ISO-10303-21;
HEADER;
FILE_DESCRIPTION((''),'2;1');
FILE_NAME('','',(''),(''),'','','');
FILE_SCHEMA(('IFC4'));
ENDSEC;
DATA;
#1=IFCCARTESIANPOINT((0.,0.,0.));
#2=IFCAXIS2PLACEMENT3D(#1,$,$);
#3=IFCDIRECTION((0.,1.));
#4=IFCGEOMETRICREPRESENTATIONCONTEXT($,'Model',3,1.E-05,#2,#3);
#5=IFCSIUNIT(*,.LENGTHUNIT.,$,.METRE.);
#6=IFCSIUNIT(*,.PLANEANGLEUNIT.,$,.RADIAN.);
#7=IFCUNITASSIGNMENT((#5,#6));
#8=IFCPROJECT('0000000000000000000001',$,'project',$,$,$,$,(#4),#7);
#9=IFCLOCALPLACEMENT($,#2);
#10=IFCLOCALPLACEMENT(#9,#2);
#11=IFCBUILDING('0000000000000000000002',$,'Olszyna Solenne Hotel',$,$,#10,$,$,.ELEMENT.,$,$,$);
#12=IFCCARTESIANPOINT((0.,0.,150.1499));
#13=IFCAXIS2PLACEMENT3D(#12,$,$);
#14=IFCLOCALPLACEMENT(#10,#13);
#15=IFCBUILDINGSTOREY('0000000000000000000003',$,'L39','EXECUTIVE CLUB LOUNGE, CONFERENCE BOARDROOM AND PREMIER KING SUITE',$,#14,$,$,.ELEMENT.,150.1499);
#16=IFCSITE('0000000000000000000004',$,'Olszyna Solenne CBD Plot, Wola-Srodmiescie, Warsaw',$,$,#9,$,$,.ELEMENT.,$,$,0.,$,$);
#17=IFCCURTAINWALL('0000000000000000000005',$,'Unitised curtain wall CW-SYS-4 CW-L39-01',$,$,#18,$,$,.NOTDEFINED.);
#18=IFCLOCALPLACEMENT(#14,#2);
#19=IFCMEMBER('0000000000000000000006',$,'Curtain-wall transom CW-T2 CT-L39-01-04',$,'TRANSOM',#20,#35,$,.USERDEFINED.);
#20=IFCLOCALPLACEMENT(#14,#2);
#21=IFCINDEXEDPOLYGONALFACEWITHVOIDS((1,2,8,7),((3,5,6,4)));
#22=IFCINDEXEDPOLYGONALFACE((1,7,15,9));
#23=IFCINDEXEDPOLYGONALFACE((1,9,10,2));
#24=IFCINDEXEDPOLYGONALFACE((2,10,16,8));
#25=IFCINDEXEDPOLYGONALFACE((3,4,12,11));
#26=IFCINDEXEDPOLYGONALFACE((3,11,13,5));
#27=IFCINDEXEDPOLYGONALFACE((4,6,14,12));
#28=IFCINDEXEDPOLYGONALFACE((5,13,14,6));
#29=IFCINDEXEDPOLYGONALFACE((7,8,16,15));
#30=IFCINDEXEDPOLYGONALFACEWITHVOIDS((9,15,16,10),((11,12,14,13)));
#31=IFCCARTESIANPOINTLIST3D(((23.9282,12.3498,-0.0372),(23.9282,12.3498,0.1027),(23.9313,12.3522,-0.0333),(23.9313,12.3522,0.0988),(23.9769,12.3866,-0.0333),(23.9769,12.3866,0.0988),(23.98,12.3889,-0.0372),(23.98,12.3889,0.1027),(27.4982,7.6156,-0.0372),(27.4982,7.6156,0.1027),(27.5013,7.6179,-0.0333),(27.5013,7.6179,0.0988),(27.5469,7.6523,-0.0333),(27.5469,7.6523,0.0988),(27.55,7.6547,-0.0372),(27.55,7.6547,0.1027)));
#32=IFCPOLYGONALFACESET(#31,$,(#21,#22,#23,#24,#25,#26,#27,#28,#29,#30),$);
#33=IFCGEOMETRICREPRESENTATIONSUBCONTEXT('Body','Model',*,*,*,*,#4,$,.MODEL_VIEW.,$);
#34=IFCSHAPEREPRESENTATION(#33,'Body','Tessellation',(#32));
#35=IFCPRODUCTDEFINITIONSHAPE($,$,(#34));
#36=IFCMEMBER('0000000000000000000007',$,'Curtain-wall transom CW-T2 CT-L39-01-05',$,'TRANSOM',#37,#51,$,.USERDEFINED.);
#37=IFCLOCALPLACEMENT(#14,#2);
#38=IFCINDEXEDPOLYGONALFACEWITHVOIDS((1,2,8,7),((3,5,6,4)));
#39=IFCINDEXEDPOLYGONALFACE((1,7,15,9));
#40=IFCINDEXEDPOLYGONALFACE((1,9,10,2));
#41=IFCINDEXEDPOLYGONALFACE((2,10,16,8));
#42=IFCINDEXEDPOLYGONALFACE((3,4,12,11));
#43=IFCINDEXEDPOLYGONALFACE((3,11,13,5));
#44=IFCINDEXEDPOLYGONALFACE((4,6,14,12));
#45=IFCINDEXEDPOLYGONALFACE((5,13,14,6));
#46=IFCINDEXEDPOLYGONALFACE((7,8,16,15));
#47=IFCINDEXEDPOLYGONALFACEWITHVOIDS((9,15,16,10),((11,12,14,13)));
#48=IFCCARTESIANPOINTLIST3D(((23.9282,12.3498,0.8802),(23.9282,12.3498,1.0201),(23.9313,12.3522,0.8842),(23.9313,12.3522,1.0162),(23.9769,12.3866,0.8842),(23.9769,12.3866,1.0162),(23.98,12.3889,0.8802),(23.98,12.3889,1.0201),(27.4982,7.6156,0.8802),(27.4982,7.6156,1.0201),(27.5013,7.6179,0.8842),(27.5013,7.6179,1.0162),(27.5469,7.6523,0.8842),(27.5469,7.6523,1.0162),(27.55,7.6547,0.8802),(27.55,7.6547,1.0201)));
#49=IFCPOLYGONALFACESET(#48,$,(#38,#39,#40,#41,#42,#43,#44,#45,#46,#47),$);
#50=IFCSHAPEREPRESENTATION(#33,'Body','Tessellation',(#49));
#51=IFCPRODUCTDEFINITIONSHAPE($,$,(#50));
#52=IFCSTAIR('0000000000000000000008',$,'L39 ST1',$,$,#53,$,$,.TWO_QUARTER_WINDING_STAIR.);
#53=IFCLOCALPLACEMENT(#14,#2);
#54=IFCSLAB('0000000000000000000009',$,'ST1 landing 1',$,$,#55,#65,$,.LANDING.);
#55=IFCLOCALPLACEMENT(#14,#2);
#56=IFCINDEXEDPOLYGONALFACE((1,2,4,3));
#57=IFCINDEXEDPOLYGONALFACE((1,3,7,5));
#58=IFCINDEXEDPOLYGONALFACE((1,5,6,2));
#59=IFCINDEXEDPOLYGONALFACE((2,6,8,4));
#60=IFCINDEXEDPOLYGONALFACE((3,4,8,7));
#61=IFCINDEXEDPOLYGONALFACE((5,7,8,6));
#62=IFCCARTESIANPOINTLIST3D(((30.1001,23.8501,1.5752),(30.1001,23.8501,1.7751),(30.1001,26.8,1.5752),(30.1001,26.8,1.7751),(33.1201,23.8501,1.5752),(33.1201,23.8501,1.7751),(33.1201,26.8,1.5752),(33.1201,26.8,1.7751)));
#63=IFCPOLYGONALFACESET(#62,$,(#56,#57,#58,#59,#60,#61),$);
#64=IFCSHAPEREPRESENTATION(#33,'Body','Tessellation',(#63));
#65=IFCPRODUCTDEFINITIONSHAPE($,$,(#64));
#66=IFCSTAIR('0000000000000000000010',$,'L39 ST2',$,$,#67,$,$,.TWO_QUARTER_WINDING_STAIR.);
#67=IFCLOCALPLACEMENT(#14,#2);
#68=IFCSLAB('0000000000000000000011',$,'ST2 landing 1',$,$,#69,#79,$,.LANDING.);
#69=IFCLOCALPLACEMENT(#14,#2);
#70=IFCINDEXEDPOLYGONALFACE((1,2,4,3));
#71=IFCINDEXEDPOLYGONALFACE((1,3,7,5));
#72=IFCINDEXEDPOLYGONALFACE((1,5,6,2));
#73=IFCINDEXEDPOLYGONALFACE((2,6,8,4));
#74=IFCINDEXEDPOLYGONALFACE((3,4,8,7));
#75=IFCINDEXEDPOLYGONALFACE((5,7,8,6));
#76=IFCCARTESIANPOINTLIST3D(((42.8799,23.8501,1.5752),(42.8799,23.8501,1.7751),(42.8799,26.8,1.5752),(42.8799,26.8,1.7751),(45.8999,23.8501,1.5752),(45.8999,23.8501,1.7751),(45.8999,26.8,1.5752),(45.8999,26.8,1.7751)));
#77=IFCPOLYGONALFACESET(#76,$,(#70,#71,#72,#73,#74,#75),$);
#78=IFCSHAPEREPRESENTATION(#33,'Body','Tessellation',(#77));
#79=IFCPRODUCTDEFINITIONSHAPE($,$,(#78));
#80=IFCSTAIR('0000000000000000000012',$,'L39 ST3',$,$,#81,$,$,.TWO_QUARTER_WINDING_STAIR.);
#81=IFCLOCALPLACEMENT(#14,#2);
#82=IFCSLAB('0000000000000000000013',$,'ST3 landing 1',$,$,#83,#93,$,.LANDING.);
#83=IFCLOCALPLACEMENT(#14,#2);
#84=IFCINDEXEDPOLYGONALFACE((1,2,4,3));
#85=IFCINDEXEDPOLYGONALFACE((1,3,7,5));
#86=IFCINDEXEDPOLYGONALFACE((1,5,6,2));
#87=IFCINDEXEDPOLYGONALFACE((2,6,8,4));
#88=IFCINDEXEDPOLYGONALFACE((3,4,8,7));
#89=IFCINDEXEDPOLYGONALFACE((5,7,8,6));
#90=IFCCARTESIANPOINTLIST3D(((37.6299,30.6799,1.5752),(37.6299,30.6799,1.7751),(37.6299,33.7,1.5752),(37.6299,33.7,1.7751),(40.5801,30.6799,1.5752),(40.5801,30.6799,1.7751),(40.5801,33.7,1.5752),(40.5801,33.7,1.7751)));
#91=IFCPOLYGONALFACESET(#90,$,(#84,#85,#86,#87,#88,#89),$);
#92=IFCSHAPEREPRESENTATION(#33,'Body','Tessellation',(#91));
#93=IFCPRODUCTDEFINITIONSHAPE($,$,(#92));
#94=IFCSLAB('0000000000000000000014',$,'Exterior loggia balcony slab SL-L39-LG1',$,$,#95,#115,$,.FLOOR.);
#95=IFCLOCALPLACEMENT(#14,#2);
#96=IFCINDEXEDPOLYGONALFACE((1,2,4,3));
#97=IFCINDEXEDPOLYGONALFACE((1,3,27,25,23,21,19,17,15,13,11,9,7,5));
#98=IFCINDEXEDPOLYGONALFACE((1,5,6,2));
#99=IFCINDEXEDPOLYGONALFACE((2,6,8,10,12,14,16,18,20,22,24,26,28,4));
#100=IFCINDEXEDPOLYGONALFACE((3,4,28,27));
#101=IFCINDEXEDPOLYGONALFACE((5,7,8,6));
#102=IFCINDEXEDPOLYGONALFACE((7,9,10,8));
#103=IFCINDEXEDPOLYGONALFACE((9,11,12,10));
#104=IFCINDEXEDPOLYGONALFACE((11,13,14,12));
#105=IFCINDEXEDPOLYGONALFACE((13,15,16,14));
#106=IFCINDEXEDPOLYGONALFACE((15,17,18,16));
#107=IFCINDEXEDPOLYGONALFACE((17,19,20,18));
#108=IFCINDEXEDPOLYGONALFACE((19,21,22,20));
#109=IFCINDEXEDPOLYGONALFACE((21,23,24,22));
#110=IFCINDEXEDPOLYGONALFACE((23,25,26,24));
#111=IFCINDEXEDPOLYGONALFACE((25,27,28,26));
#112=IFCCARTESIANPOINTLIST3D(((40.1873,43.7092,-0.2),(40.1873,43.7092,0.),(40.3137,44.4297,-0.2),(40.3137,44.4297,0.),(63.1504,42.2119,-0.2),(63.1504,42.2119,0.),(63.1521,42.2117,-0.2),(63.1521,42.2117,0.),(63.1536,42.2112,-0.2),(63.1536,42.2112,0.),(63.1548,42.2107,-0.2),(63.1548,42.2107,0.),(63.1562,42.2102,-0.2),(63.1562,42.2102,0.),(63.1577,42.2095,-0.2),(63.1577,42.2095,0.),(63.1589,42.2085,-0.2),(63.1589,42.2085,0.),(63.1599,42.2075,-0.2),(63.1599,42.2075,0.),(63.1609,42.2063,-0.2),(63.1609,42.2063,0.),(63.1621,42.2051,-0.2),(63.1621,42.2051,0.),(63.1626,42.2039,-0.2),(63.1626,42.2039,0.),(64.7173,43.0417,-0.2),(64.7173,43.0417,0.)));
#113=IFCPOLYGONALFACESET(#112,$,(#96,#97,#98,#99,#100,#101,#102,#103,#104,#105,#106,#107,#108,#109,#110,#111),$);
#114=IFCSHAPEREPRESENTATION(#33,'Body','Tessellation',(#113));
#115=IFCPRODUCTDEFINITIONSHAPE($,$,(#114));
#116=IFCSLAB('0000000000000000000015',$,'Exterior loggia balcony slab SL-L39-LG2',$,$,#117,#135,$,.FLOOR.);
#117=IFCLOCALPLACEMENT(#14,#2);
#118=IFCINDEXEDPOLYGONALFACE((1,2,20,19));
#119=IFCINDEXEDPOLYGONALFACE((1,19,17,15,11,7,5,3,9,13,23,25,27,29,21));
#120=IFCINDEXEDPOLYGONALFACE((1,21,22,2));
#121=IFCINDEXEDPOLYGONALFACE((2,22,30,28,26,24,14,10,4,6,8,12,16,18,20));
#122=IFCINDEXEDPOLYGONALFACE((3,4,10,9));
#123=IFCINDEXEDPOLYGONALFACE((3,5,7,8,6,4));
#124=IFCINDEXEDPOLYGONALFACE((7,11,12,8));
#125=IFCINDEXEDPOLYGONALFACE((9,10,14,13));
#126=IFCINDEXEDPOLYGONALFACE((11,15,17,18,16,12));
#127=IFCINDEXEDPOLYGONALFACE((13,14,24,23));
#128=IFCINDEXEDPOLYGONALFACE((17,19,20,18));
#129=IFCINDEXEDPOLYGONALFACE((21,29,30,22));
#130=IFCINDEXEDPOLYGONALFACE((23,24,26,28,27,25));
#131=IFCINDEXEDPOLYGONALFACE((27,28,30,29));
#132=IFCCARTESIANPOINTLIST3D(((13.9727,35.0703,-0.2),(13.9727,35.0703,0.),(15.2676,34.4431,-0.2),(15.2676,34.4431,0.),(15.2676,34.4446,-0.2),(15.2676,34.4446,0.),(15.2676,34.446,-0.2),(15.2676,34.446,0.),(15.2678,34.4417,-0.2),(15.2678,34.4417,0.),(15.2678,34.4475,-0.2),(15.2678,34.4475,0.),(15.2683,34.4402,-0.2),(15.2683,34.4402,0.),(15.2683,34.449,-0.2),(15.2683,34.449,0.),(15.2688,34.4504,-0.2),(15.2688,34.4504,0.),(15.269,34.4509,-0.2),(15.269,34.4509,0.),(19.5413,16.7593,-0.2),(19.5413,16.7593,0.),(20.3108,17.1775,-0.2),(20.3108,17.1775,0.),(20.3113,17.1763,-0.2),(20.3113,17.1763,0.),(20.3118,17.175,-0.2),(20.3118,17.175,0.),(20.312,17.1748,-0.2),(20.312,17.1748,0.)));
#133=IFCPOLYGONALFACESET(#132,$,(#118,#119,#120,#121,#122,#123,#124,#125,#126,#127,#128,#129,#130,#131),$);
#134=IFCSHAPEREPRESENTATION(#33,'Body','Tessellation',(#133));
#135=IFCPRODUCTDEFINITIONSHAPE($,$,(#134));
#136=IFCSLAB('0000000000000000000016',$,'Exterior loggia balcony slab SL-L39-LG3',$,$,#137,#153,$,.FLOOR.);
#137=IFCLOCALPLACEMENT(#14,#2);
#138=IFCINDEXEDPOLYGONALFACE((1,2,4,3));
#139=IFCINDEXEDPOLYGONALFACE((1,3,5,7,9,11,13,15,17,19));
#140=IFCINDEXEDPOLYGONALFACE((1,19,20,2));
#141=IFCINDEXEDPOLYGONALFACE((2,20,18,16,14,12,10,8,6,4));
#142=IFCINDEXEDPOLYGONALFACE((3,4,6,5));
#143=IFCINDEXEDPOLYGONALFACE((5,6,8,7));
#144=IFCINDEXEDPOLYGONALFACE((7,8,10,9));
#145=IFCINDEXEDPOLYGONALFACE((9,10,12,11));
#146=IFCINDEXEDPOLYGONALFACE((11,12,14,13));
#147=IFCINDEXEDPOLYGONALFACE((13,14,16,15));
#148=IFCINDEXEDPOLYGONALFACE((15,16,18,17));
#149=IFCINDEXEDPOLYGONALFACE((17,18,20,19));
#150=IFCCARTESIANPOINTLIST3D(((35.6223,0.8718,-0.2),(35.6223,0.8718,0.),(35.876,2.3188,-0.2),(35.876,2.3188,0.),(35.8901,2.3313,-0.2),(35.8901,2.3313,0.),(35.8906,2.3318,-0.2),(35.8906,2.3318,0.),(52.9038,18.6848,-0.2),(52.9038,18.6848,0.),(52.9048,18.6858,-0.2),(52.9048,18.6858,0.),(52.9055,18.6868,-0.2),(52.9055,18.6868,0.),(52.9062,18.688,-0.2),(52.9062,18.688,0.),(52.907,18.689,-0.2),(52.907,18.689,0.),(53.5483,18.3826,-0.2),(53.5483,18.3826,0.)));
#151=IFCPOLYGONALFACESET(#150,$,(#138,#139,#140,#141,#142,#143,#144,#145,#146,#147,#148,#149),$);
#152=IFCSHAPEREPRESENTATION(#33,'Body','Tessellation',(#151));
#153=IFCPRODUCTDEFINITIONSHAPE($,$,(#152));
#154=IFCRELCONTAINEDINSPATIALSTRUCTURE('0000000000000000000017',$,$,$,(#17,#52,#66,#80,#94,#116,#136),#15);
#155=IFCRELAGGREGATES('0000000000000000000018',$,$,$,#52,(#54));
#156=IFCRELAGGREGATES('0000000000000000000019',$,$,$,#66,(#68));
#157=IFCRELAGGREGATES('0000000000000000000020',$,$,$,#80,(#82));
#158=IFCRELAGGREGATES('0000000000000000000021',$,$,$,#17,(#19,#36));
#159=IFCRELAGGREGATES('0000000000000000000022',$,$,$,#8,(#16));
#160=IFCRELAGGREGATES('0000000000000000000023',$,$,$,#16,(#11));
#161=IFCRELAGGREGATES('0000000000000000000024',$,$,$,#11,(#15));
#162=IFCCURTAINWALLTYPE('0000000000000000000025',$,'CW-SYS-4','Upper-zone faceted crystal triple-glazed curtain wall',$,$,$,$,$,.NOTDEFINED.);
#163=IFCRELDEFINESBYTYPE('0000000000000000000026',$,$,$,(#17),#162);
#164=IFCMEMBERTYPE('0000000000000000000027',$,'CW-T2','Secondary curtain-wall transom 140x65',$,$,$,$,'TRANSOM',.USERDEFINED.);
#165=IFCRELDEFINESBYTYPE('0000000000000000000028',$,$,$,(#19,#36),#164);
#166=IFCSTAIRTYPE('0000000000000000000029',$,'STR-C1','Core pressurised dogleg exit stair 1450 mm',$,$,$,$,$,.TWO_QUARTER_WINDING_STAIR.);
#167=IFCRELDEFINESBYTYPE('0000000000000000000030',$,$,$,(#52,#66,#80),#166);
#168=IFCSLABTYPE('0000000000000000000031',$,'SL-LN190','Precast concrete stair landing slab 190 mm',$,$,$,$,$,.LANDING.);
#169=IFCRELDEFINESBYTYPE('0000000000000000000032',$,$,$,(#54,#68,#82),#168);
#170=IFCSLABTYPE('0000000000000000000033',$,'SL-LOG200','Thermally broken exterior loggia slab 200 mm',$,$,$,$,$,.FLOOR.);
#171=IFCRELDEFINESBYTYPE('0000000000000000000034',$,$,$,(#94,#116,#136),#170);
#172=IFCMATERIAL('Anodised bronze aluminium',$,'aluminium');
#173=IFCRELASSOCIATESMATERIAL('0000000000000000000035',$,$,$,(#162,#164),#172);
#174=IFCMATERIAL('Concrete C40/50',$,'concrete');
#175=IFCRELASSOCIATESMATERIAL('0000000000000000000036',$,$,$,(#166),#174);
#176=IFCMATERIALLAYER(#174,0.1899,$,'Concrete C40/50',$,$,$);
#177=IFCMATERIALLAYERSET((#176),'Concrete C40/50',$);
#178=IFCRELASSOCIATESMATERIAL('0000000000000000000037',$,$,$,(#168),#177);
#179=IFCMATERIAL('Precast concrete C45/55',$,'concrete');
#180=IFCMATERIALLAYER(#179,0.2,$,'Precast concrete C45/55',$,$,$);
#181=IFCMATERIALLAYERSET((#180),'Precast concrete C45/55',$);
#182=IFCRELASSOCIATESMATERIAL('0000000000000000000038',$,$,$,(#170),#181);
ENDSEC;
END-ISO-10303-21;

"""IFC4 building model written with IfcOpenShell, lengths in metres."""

from ifc_helpers import new_model, si_unit, direction, frame, origin, origin_2d, place, context, subcontext, project, spatial, polyline, hollow_rectangle, outline, extrude, source, transform, mapped, material, layer, layer_set, material_profile, profile_set, type_object, element, aggregate, save


model = new_model("IFC4")

# Units and contexts
model_context = context("Model", 3, precision=1e-05, world=origin(), true_north=direction((0.0, 1.0)))
body_context = subcontext(model_context, "Body", "Model", "MODEL_VIEW")
ifc_project = project(units=[si_unit("LENGTHUNIT", "METRE"), si_unit("PLANEANGLEUNIT", "RADIAN")], contexts=[model_context])

# Site, building, storey
site_placement = place(None, origin())
site = spatial("IfcSite", under=ifc_project, at=site_placement, Name="Olszyna Solenne CBD Plot, Wola-Srodmiescie, Warsaw", CompositionType="ELEMENT", RefElevation=0.0)
building_placement = place(site_placement, origin())
building = spatial("IfcBuilding", under=site, at=building_placement, Name="Olszyna Solenne Hotel", CompositionType="ELEMENT")
storey_placement = place(building_placement, frame((0.0, 0.0, 150.1499)))
storey = spatial("IfcBuildingStorey", under=building, at=storey_placement, Name="L39", Description="EXECUTIVE CLUB LOUNGE, CONFERENCE BOARDROOM AND PREMIER KING SUITE", CompositionType="ELEMENT", Elevation=150.1499)

# Curtain wall, members
ifc_material_1 = material(Name="Anodised bronze aluminium", Category="aluminium")
curtain_wall_type = type_object("IfcCurtainWallType", Name="CW-SYS-4", Description="Upper-zone faceted crystal triple-glazed curtain wall", PredefinedType="NOTDEFINED", material=ifc_material_1)
curtain_wall_placement = place(storey_placement, origin())
curtain_wall = element("IfcCurtainWall", 1, at=curtain_wall_placement, inside=storey, type_object=curtain_wall_type, Name="Unitised curtain wall CW-SYS-4 CW-L39-01", PredefinedType="NOTDEFINED")
ifc_material_profile_1 = material_profile(ifc_material_1, hollow_rectangle(XDim=0.0649, YDim=0.1399, WallThickness=0.0039, at=origin_2d()), Name="TRAN 140x65x4", Category="load-bearing")
ifc_profile_set_1 = profile_set([ifc_material_profile_1], Name="Anodised bronze aluminium")
member_type_1 = type_object("IfcMemberType", Name="CW-T2", Description="Secondary curtain-wall transom 140x65", ElementType="TRANSOM", PredefinedType="USERDEFINED", material=ifc_profile_set_1)
shared_shape_1 = source(origin(), body_context, "Body", "SweptSolid", [
    extrude(hollow_rectangle(XDim=0.0649, YDim=0.1399, WallThickness=0.0039, at=origin_2d()), origin(), (0.0, 0.0, 1.0), 5.9294),
])
member_1_placement = place(storey_placement, frame((23.9541, 12.3694, 0.0327), z_axis=(0.60208, -0.798436, 0.0), x_axis=(0.798436, 0.60208, 0.0)))
member_1 = element("IfcMember", 2, at=member_1_placement, type_object=member_type_1, Name="Curtain-wall transom CW-T2 CT-L39-01-04", ObjectType="TRANSOM", PredefinedType="USERDEFINED", context=body_context, shape_type="MappedRepresentation", body=[
    mapped(shared_shape_1, transform((0.0, 0.0, 0.0), x_axis=(1.0, 0.0, 0.0), y_axis=(0.0, 1.0, 0.0), z_axis=(0.0, 0.0, 1.0), scale=1.0)),
])
member_2_placement = place(storey_placement, frame((23.9541, 12.3694, 0.9502), z_axis=(0.60208, -0.798436, 0.0), x_axis=(0.798436, 0.60208, 0.0)))
member_2 = element("IfcMember", 3, at=member_2_placement, type_object=member_type_1, Name="Curtain-wall transom CW-T2 CT-L39-01-05", ObjectType="TRANSOM", PredefinedType="USERDEFINED", context=body_context, shape_type="MappedRepresentation", body=[
    mapped(shared_shape_1, transform((0.0, 0.0, 0.0), x_axis=(1.0, 0.0, 0.0), y_axis=(0.0, 1.0, 0.0), z_axis=(0.0, 0.0, 1.0), scale=1.0)),
])

# Stairs, slabs
ifc_material_2 = material(Name="Concrete C40/50", Category="concrete")
stair_type = type_object("IfcStairType", Name="STR-C1", Description="Core pressurised dogleg exit stair 1450 mm", PredefinedType="TWO_QUARTER_WINDING_STAIR", material=ifc_material_2)
stair_1_placement = place(storey_placement, origin())
stair_1 = element("IfcStair", 4, at=stair_1_placement, inside=storey, type_object=stair_type, Name="L39 ST1", PredefinedType="TWO_QUARTER_WINDING_STAIR")
ifc_layer_1 = layer(ifc_material_2, 0.1899, Name="Concrete C40/50")
ifc_layer_set_1 = layer_set([ifc_layer_1], Name="Concrete C40/50")
slab_type_1 = type_object("IfcSlabType", Name="SL-LN190", Description="Precast concrete stair landing slab 190 mm", PredefinedType="LANDING", material=ifc_layer_set_1)
slab_1_placement = place(storey_placement, frame((0.0, 0.0, 1.5752)))
slab_1 = element("IfcSlab", 5, at=slab_1_placement, type_object=slab_type_1, Name="ST1 landing 1", PredefinedType="LANDING", context=body_context, shape_type="SweptSolid", body=[
    extrude(outline(polyline([(33.1201, 23.8501), (33.1201, 26.8), (30.1001, 26.8), (30.1001, 23.8501), (33.1201, 23.8501)])), origin(), (0.0, 0.0, 1.0), 0.2),
])
aggregate(stair_1, [slab_1])
stair_2_placement = place(storey_placement, origin())
stair_2 = element("IfcStair", 6, at=stair_2_placement, inside=storey, type_object=stair_type, Name="L39 ST2", PredefinedType="TWO_QUARTER_WINDING_STAIR")
slab_2_placement = place(storey_placement, frame((0.0, 0.0, 1.5752)))
slab_2 = element("IfcSlab", 7, at=slab_2_placement, type_object=slab_type_1, Name="ST2 landing 1", PredefinedType="LANDING", context=body_context, shape_type="SweptSolid", body=[
    extrude(outline(polyline([(45.8999, 23.8501), (45.8999, 26.8), (42.8799, 26.8), (42.8799, 23.8501), (45.8999, 23.8501)])), origin(), (0.0, 0.0, 1.0), 0.2),
])
aggregate(stair_2, [slab_2])
stair_3_placement = place(storey_placement, origin())
stair_3 = element("IfcStair", 8, at=stair_3_placement, inside=storey, type_object=stair_type, Name="L39 ST3", PredefinedType="TWO_QUARTER_WINDING_STAIR")
slab_3_placement = place(storey_placement, frame((0.0, 0.0, 1.5752)))
slab_3 = element("IfcSlab", 9, at=slab_3_placement, type_object=slab_type_1, Name="ST3 landing 1", PredefinedType="LANDING", context=body_context, shape_type="SweptSolid", body=[
    extrude(outline(polyline([(37.6299, 30.6799), (40.5801, 30.6799), (40.5801, 33.7), (37.6299, 33.7), (37.6299, 30.6799)])), origin(), (0.0, 0.0, 1.0), 0.2),
])
aggregate(stair_3, [slab_3])

# Slabs
ifc_material_3 = material(Name="Precast concrete C45/55", Category="concrete")
ifc_layer_2 = layer(ifc_material_3, 0.2, Name="Precast concrete C45/55")
ifc_layer_set_2 = layer_set([ifc_layer_2], Name="Precast concrete C45/55")
slab_type_2 = type_object("IfcSlabType", Name="SL-LOG200", Description="Thermally broken exterior loggia slab 200 mm", PredefinedType="FLOOR", material=ifc_layer_set_2)
slab_4_placement = place(storey_placement, frame((0.0, 0.0, -0.2)))
element("IfcSlab", 10, at=slab_4_placement, inside=storey, type_object=slab_type_2, Name="Exterior loggia balcony slab SL-L39-LG1", PredefinedType="FLOOR", context=body_context, shape_type="SweptSolid", body=[
    extrude(outline(polyline([(40.1873, 43.7092), (63.1504, 42.2119), (63.1521, 42.2117), (63.1536, 42.2112), (63.1548, 42.2107), (63.1562, 42.2102), (63.1577, 42.2095), (63.1589, 42.2085), (63.1599, 42.2075), (63.1609, 42.2063), (63.1621, 42.2051), (63.1626, 42.2039), (64.7173, 43.0417), (40.3137, 44.4297), (40.1873, 43.7092)])), origin(), (0.0, 0.0, 1.0), 0.2),
])
slab_5_placement = place(storey_placement, frame((0.0, 0.0, -0.2)))
element("IfcSlab", 11, at=slab_5_placement, inside=storey, type_object=slab_type_2, Name="Exterior loggia balcony slab SL-L39-LG2", PredefinedType="FLOOR", context=body_context, shape_type="SweptSolid", body=[
    extrude(outline(polyline([(20.312, 17.1748), (20.3118, 17.175), (20.3113, 17.1763), (20.3108, 17.1775), (15.2683, 34.4402), (15.2678, 34.4417), (15.2676, 34.4431), (15.2676, 34.4446), (15.2676, 34.446), (15.2678, 34.4475), (15.2683, 34.449), (15.2688, 34.4504), (15.269, 34.4509), (13.9727, 35.0703), (19.5413, 16.7593), (20.312, 17.1748)])), origin(), (0.0, 0.0, 1.0), 0.2),
])
slab_6_placement = place(storey_placement, frame((0.0, 0.0, -0.2)))
element("IfcSlab", 12, at=slab_6_placement, inside=storey, type_object=slab_type_2, Name="Exterior loggia balcony slab SL-L39-LG3", PredefinedType="FLOOR", context=body_context, shape_type="SweptSolid", body=[
    extrude(outline(polyline([(52.907, 18.689), (52.9062, 18.688), (52.9055, 18.6868), (52.9048, 18.6858), (52.9038, 18.6848), (35.8906, 2.3318), (35.8901, 2.3313), (35.876, 2.3188), (35.6223, 0.8718), (53.5483, 18.3826), (52.907, 18.689)])), origin(), (0.0, 0.0, 1.0), 0.2),
])

aggregate(curtain_wall, [member_1, member_2])

save(model, "model.ifc")
